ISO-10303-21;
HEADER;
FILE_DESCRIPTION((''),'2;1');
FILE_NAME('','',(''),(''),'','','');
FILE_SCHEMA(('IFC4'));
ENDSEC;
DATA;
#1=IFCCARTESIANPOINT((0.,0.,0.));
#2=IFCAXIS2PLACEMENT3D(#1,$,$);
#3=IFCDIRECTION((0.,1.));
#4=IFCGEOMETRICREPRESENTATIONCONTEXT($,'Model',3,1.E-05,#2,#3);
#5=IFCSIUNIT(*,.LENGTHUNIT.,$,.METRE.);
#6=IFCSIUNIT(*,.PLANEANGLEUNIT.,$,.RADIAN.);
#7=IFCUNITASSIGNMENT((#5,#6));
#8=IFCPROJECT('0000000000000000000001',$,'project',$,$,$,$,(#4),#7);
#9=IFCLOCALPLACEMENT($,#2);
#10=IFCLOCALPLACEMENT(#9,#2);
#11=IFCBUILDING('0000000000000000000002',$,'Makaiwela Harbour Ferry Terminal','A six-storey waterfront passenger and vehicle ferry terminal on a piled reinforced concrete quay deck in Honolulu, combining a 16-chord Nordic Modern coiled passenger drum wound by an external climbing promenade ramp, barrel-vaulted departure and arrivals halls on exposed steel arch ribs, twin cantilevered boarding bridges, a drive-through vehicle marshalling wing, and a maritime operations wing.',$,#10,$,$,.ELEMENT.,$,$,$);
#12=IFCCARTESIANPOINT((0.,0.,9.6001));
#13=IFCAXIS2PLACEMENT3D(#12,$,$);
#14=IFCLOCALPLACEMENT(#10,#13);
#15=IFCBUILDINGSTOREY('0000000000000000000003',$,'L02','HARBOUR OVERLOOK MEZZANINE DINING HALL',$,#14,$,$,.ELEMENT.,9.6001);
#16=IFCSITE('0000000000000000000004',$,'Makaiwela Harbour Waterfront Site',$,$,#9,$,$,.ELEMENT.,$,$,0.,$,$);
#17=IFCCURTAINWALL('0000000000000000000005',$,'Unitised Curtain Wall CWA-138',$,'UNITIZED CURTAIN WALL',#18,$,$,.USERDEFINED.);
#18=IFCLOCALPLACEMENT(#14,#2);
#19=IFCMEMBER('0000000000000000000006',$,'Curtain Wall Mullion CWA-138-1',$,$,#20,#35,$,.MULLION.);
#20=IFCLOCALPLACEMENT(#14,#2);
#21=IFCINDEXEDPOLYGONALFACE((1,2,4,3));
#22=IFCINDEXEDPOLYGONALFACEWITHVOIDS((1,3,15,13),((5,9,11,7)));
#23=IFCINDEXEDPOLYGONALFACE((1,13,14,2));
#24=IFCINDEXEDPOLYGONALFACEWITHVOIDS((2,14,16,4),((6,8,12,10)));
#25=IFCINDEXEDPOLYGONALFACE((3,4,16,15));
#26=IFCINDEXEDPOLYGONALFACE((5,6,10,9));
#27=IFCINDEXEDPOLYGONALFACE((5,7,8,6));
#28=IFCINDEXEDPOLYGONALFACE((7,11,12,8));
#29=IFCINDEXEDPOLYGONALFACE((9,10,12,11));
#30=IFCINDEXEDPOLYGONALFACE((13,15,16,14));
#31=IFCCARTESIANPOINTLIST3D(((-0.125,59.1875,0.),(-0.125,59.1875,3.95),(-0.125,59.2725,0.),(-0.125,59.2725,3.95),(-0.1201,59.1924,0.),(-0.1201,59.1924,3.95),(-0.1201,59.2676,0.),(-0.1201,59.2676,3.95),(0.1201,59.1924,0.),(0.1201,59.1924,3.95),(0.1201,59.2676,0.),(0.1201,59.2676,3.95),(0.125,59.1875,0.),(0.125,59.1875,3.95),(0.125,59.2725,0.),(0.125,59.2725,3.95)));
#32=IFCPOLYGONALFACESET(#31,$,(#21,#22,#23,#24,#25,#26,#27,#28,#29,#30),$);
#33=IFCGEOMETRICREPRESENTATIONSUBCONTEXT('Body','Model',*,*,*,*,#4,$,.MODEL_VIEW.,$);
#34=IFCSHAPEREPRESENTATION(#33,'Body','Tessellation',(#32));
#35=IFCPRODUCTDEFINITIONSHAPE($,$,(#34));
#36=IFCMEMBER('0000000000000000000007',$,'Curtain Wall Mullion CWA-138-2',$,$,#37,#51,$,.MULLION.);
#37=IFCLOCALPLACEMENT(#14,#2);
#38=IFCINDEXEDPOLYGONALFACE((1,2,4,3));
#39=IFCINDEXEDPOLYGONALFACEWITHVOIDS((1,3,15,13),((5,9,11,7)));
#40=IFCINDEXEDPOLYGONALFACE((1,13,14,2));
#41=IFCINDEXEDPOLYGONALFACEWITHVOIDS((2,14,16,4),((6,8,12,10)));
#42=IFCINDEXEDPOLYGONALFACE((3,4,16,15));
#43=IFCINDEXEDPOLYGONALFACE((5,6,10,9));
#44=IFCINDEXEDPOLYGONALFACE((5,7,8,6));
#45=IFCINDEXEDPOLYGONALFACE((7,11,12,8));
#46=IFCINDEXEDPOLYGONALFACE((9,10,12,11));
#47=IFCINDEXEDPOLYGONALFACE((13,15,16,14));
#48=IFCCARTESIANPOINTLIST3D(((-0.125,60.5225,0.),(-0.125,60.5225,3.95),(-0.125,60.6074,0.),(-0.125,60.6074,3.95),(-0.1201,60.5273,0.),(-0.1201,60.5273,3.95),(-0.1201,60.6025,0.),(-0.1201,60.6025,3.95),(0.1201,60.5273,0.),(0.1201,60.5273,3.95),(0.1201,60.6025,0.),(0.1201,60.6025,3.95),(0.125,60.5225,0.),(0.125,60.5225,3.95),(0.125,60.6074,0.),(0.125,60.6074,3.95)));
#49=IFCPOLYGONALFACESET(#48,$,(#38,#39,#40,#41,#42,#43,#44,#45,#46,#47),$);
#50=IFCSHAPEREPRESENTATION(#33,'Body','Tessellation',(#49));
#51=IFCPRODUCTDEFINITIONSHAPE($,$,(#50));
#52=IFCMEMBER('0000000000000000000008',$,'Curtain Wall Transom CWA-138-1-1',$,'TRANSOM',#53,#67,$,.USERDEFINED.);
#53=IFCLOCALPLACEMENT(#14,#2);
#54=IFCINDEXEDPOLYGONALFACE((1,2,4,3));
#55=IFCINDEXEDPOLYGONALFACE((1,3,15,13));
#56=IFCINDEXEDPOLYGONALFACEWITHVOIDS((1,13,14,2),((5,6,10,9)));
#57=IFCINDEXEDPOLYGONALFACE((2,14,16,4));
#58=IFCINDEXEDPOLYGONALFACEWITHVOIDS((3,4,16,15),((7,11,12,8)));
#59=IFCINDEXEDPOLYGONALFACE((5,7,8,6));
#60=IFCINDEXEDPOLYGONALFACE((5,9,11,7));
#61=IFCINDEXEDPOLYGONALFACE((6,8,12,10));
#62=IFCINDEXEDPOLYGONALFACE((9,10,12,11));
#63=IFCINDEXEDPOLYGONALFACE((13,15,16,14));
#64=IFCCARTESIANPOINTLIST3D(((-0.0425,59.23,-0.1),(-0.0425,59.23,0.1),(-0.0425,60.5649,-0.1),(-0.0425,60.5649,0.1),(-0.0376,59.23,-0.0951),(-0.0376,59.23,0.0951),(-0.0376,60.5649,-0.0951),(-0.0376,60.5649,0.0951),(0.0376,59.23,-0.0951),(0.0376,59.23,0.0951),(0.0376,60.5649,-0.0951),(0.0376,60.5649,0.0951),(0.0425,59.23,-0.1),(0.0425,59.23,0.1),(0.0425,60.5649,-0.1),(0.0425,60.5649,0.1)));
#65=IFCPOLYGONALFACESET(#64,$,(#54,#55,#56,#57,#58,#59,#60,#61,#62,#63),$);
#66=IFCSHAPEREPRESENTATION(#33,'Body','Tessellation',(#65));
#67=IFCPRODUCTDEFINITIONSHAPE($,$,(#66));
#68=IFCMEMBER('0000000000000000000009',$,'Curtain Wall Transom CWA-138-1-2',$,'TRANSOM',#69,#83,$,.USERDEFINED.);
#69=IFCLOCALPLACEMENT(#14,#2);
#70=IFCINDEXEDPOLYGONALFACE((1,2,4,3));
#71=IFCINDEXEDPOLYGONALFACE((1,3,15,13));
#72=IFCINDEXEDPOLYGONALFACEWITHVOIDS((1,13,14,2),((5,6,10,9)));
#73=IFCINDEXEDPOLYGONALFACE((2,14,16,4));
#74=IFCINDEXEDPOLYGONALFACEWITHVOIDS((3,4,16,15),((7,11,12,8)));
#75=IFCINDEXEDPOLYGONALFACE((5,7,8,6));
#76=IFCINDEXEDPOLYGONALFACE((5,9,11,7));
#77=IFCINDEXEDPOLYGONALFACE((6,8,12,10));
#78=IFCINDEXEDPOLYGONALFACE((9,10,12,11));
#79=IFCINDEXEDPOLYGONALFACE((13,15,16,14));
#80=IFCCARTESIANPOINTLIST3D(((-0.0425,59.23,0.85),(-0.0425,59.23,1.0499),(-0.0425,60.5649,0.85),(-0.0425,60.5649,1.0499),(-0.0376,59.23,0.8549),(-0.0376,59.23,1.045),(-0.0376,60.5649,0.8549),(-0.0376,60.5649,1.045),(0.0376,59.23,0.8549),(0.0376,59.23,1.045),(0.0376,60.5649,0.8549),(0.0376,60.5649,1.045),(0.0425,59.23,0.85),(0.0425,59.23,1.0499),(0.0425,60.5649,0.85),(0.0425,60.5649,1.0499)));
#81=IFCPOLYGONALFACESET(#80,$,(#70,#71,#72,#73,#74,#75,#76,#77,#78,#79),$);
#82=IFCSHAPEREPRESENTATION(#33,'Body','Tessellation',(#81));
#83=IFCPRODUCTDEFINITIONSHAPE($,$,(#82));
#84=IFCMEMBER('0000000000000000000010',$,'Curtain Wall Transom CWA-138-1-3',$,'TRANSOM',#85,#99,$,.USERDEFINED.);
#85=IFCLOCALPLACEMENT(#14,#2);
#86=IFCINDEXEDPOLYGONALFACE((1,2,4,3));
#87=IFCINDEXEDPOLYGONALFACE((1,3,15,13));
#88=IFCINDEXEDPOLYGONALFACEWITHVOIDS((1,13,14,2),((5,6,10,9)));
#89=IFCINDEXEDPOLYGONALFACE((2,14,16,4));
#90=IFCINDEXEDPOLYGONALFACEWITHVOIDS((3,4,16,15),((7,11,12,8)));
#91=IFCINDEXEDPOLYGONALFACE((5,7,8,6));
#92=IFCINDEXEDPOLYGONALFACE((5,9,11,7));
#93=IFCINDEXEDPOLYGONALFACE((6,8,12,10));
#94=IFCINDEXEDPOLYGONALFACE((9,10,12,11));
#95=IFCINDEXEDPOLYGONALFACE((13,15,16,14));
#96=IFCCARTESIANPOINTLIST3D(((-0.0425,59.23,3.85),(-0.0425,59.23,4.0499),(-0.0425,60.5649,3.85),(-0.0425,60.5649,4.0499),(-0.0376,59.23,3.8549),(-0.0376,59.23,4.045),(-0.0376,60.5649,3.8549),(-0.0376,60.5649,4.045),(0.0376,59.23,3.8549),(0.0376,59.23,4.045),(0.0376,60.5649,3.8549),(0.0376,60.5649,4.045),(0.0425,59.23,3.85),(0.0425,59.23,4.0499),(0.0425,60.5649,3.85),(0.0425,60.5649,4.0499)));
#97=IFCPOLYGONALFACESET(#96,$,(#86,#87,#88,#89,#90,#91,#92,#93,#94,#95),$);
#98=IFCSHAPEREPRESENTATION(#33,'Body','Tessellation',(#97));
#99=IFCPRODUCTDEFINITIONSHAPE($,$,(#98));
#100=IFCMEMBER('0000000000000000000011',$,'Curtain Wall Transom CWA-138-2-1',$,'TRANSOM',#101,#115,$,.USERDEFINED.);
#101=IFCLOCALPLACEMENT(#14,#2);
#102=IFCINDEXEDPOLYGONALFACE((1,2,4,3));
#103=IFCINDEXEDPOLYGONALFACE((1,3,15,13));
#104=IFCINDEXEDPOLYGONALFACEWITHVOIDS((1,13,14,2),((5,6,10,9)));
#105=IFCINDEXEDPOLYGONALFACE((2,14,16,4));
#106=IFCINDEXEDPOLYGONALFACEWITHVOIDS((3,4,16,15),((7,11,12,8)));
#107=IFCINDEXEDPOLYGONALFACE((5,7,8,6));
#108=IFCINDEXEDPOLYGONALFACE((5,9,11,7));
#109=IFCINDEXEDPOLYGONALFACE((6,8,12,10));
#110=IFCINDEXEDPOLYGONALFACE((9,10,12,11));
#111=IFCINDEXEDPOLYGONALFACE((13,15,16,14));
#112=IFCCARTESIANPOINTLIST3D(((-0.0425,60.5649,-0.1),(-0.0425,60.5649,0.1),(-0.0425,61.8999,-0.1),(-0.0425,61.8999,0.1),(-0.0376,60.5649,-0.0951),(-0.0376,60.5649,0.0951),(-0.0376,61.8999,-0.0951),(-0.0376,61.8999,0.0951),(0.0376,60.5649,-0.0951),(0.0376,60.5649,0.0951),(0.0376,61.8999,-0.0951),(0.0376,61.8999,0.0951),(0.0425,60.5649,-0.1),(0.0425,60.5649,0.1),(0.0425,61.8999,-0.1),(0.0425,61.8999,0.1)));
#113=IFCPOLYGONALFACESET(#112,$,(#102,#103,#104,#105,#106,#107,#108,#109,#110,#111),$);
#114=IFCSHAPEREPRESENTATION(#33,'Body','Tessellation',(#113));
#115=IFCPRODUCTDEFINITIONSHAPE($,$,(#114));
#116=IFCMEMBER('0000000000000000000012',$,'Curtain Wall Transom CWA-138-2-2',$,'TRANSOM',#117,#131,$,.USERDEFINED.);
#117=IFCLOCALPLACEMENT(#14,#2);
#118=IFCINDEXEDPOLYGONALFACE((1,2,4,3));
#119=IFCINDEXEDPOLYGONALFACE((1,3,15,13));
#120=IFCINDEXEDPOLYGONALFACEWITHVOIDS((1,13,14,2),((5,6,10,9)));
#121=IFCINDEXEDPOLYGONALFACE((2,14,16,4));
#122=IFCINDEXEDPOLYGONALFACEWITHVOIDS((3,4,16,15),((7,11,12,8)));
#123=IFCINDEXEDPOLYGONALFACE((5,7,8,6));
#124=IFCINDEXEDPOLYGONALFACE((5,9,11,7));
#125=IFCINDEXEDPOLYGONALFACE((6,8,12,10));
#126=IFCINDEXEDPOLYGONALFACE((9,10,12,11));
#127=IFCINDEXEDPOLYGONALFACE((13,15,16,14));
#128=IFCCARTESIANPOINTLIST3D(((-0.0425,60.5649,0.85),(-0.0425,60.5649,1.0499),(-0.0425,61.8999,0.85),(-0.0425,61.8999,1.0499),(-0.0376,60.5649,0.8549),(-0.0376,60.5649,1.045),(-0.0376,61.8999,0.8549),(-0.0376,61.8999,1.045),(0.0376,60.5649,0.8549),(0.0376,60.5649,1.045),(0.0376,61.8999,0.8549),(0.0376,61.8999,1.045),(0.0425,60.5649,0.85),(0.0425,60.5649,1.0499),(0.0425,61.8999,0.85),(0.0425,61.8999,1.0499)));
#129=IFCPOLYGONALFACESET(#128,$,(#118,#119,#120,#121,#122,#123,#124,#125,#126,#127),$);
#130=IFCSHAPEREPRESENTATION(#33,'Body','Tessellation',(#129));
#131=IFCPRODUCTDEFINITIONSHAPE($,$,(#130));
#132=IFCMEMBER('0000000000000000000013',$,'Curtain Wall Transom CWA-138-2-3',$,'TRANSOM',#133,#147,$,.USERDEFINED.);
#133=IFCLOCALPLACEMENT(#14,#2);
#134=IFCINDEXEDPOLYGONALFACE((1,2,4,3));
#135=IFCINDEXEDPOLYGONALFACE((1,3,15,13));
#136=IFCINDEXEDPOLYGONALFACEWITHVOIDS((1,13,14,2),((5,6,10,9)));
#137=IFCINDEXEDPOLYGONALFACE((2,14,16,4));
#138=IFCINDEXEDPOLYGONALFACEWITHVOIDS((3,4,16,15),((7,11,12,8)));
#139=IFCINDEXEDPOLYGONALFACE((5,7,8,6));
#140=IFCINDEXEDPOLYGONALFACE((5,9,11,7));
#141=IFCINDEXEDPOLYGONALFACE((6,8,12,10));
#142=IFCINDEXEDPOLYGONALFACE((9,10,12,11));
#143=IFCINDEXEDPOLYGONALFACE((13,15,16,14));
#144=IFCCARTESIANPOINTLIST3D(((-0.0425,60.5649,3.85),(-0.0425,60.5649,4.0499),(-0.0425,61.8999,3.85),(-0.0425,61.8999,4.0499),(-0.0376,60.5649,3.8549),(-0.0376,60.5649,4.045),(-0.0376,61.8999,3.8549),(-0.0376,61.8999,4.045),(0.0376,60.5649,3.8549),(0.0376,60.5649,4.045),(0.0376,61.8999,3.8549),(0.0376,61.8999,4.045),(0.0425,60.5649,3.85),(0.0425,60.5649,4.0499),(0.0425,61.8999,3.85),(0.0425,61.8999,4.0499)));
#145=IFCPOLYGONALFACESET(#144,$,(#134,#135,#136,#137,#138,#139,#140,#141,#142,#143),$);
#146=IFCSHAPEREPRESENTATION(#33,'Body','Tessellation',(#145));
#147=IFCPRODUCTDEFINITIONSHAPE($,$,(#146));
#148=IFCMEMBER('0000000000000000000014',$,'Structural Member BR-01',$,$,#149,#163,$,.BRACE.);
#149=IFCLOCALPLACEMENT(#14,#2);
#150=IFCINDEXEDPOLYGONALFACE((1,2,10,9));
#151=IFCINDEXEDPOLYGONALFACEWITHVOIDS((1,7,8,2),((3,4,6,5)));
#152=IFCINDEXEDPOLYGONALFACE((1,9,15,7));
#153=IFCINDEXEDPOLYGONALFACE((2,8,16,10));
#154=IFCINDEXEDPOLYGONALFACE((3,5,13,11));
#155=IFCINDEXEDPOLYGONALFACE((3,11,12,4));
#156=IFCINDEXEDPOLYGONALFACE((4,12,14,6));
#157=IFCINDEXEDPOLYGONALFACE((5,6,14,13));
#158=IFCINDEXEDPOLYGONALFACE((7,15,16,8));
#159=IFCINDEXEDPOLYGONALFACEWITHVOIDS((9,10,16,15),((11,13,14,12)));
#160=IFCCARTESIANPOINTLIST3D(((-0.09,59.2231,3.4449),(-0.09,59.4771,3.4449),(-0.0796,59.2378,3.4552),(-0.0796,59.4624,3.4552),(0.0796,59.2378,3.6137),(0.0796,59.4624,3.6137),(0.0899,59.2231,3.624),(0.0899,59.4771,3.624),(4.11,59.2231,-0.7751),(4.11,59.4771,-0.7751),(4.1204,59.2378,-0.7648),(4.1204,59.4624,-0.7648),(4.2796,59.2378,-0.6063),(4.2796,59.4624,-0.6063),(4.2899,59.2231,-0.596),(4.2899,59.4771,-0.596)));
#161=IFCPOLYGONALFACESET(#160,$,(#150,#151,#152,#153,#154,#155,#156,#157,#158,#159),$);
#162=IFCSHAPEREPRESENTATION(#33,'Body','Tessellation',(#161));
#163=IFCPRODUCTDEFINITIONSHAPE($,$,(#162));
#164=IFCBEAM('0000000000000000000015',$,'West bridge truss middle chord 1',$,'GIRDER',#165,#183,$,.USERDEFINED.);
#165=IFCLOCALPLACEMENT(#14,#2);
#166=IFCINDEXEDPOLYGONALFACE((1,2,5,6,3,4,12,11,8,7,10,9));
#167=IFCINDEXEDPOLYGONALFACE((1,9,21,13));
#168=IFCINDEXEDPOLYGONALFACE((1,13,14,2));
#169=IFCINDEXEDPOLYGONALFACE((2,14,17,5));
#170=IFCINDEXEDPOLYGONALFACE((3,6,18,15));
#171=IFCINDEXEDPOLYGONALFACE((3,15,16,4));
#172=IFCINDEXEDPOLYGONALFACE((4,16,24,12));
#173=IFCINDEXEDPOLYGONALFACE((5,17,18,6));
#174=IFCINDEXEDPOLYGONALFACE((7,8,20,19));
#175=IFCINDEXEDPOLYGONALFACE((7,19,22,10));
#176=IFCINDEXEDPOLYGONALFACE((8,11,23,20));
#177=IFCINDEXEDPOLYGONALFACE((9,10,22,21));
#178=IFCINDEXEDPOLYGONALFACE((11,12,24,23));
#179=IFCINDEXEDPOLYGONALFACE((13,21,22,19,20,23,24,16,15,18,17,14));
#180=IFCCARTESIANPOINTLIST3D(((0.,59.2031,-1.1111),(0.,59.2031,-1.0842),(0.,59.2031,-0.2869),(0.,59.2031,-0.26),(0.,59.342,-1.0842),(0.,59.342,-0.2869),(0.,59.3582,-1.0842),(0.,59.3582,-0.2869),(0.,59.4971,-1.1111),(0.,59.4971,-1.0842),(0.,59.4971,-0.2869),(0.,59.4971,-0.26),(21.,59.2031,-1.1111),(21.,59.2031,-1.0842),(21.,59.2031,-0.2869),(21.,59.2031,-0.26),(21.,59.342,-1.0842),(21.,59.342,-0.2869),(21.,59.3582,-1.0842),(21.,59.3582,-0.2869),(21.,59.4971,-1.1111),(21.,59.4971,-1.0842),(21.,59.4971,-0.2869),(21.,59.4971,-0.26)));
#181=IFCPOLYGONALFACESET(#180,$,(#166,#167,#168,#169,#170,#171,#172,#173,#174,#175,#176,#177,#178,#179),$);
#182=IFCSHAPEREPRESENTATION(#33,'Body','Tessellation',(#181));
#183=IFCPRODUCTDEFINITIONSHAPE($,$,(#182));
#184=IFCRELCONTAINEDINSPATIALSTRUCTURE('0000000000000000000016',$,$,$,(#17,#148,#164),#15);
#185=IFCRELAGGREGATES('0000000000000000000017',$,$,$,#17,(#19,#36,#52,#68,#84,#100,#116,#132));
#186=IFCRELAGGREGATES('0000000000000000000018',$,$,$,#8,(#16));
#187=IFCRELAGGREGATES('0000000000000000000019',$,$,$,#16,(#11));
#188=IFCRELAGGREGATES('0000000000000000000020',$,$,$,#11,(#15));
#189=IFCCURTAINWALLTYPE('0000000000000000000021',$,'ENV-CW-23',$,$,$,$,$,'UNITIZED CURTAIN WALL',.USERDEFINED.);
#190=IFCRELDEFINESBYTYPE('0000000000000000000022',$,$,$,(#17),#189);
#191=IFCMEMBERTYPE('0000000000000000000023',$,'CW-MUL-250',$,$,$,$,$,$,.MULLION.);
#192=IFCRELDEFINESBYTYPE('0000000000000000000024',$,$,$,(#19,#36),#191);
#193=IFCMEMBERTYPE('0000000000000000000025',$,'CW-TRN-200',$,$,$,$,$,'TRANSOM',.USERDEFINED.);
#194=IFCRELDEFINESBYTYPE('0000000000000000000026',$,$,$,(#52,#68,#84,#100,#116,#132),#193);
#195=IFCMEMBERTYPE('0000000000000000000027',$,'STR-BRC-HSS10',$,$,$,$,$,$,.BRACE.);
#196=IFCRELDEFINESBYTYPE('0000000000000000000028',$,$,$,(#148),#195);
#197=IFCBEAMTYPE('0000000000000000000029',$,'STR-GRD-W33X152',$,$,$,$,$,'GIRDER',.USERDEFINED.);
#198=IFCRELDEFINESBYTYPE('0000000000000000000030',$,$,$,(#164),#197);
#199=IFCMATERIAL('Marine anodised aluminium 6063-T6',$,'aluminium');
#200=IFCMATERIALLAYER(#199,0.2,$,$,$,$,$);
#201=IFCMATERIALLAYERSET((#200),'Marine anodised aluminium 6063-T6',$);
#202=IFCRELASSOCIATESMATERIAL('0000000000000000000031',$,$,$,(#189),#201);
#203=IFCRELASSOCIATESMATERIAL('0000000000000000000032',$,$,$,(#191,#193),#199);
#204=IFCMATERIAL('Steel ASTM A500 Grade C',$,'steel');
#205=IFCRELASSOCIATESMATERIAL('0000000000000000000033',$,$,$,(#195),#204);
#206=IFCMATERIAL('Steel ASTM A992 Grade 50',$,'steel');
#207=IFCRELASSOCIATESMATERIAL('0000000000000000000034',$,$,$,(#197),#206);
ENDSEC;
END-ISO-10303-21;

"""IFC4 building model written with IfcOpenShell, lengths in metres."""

from ifc_helpers import new_model, si_unit, direction, frame, origin, origin_2d, place, context, subcontext, project, spatial, hollow_rectangle, i_section, extrude, material, layer, layer_set, material_profile, profile_set, type_object, element, aggregate, save


model = new_model("IFC4")

# Units and contexts
model_context = context("Model", 3, precision=1e-05, world=origin(), true_north=direction((0.0, 1.0)))
body_context = subcontext(model_context, "Body", "Model", "MODEL_VIEW")
ifc_project = project(units=[si_unit("LENGTHUNIT", "METRE"), si_unit("PLANEANGLEUNIT", "RADIAN")], contexts=[model_context])

# Site, building, storey
site_placement = place(None, origin())
site = spatial("IfcSite", under=ifc_project, at=site_placement, Name="Makaiwela Harbour Waterfront Site", CompositionType="ELEMENT", RefElevation=0.0)
building_placement = place(site_placement, origin())
building = spatial("IfcBuilding", under=site, at=building_placement, Name="Makaiwela Harbour Ferry Terminal", Description="A six-storey waterfront passenger and vehicle ferry terminal on a piled reinforced concrete quay deck in Honolulu, combining a 16-chord Nordic Modern coiled passenger drum wound by an external climbing promenade ramp, barrel-vaulted departure and arrivals halls on exposed steel arch ribs, twin cantilevered boarding bridges, a drive-through vehicle marshalling wing, and a maritime operations wing.", CompositionType="ELEMENT")
storey_placement = place(building_placement, frame((0.0, 0.0, 9.6001)))
storey = spatial("IfcBuildingStorey", under=building, at=storey_placement, Name="L02", Description="HARBOUR OVERLOOK MEZZANINE DINING HALL", CompositionType="ELEMENT", Elevation=9.6001)

# Curtain wall, members
ifc_material_1 = material(Name="Marine anodised aluminium 6063-T6", Category="aluminium")
ifc_layer_1 = layer(ifc_material_1, 0.2)
ifc_layer_set_1 = layer_set([ifc_layer_1], Name="Marine anodised aluminium 6063-T6")
curtain_wall_type = type_object("IfcCurtainWallType", Name="ENV-CW-23", ElementType="UNITIZED CURTAIN WALL", PredefinedType="USERDEFINED", material=ifc_layer_set_1)
curtain_wall_placement = place(storey_placement, origin())
curtain_wall = element("IfcCurtainWall", 1, at=curtain_wall_placement, inside=storey, type_object=curtain_wall_type, Name="Unitised Curtain Wall CWA-138", ObjectType="UNITIZED CURTAIN WALL", PredefinedType="USERDEFINED")
ifc_material_profile_1 = material_profile(ifc_material_1, hollow_rectangle(XDim=0.085, YDim=0.25, WallThickness=0.0049, at=origin_2d()), Name="CWM-250X85")
ifc_profile_set_1 = profile_set([ifc_material_profile_1], Name="Marine anodised aluminium 6063-T6")
member_type_1 = type_object("IfcMemberType", Name="CW-MUL-250", PredefinedType="MULLION", material=ifc_profile_set_1)
member_1_placement = place(storey_placement, frame((0.0, 59.23, 0.0), z_axis=(0.0, 0.0, 1.0), x_axis=(0.0, 1.0, 0.0)))
member_1 = element("IfcMember", 2, at=member_1_placement, type_object=member_type_1, Name="Curtain Wall Mullion CWA-138-1", PredefinedType="MULLION", context=body_context, shape_type="SweptSolid", body=[
    extrude(hollow_rectangle(XDim=0.085, YDim=0.25, WallThickness=0.0049, at=origin_2d()), origin(), (0.0, 0.0, 1.0), 3.95),
])
member_2_placement = place(storey_placement, frame((0.0, 60.5649, 0.0), z_axis=(0.0, 0.0, 1.0), x_axis=(0.0, 1.0, 0.0)))
member_2 = element("IfcMember", 3, at=member_2_placement, type_object=member_type_1, Name="Curtain Wall Mullion CWA-138-2", PredefinedType="MULLION", context=body_context, shape_type="SweptSolid", body=[
    extrude(hollow_rectangle(XDim=0.085, YDim=0.25, WallThickness=0.0049, at=origin_2d()), origin(), (0.0, 0.0, 1.0), 3.95),
])
ifc_material_profile_2 = material_profile(ifc_material_1, hollow_rectangle(XDim=0.085, YDim=0.2, WallThickness=0.0049, at=origin_2d()), Name="CWT-200X85")
ifc_profile_set_2 = profile_set([ifc_material_profile_2], Name="Marine anodised aluminium 6063-T6")
member_type_2 = type_object("IfcMemberType", Name="CW-TRN-200", ElementType="TRANSOM", PredefinedType="USERDEFINED", material=ifc_profile_set_2)
member_3_placement = place(storey_placement, frame((0.0, 59.23, 0.0), z_axis=(0.0, 1.0, 0.0), x_axis=(-1.0, 0.0, 0.0)))
member_3 = element("IfcMember", 4, at=member_3_placement, type_object=member_type_2, Name="Curtain Wall Transom CWA-138-1-1", ObjectType="TRANSOM", PredefinedType="USERDEFINED", context=body_context, shape_type="SweptSolid", body=[
    extrude(hollow_rectangle(XDim=0.085, YDim=0.2, WallThickness=0.0049, at=origin_2d()), origin(), (0.0, 0.0, 1.0), 1.335),
])
member_4_placement = place(storey_placement, frame((0.0, 59.23, 0.95), z_axis=(0.0, 1.0, 0.0), x_axis=(-1.0, 0.0, 0.0)))
member_4 = element("IfcMember", 5, at=member_4_placement, type_object=member_type_2, Name="Curtain Wall Transom CWA-138-1-2", ObjectType="TRANSOM", PredefinedType="USERDEFINED", context=body_context, shape_type="SweptSolid", body=[
    extrude(hollow_rectangle(XDim=0.085, YDim=0.2, WallThickness=0.0049, at=origin_2d()), origin(), (0.0, 0.0, 1.0), 1.335),
])
member_5_placement = place(storey_placement, frame((0.0, 59.23, 3.95), z_axis=(0.0, 1.0, 0.0), x_axis=(-1.0, 0.0, 0.0)))
member_5 = element("IfcMember", 6, at=member_5_placement, type_object=member_type_2, Name="Curtain Wall Transom CWA-138-1-3", ObjectType="TRANSOM", PredefinedType="USERDEFINED", context=body_context, shape_type="SweptSolid", body=[
    extrude(hollow_rectangle(XDim=0.085, YDim=0.2, WallThickness=0.0049, at=origin_2d()), origin(), (0.0, 0.0, 1.0), 1.335),
])
member_6_placement = place(storey_placement, frame((0.0, 60.5649, 0.0), z_axis=(0.0, 1.0, 0.0), x_axis=(-1.0, 0.0, 0.0)))
member_6 = element("IfcMember", 7, at=member_6_placement, type_object=member_type_2, Name="Curtain Wall Transom CWA-138-2-1", ObjectType="TRANSOM", PredefinedType="USERDEFINED", context=body_context, shape_type="SweptSolid", body=[
    extrude(hollow_rectangle(XDim=0.085, YDim=0.2, WallThickness=0.0049, at=origin_2d()), origin(), (0.0, 0.0, 1.0), 1.335),
])
member_7_placement = place(storey_placement, frame((0.0, 60.5649, 0.95), z_axis=(0.0, 1.0, 0.0), x_axis=(-1.0, 0.0, 0.0)))
member_7 = element("IfcMember", 8, at=member_7_placement, type_object=member_type_2, Name="Curtain Wall Transom CWA-138-2-2", ObjectType="TRANSOM", PredefinedType="USERDEFINED", context=body_context, shape_type="SweptSolid", body=[
    extrude(hollow_rectangle(XDim=0.085, YDim=0.2, WallThickness=0.0049, at=origin_2d()), origin(), (0.0, 0.0, 1.0), 1.335),
])
member_8_placement = place(storey_placement, frame((0.0, 60.5649, 3.95), z_axis=(0.0, 1.0, 0.0), x_axis=(-1.0, 0.0, 0.0)))
member_8 = element("IfcMember", 9, at=member_8_placement, type_object=member_type_2, Name="Curtain Wall Transom CWA-138-2-3", ObjectType="TRANSOM", PredefinedType="USERDEFINED", context=body_context, shape_type="SweptSolid", body=[
    extrude(hollow_rectangle(XDim=0.085, YDim=0.2, WallThickness=0.0049, at=origin_2d()), origin(), (0.0, 0.0, 1.0), 1.335),
])

# Member
ifc_material_2 = material(Name="Steel ASTM A500 Grade C", Category="steel")
ifc_material_profile_3 = material_profile(ifc_material_2, hollow_rectangle(XDim=0.2539, YDim=0.2539, WallThickness=0.0146, at=origin_2d()), Name="HSS10X10X5/8")
ifc_profile_set_3 = profile_set([ifc_material_profile_3], Name="Steel ASTM A500 Grade C")
member_type_3 = type_object("IfcMemberType", Name="STR-BRC-HSS10", PredefinedType="BRACE", material=ifc_profile_set_3)
member_9_placement = place(storey_placement, frame((4.2, 59.3501, -0.6855), z_axis=(-0.705424, 0.0, 0.708786), x_axis=(0.0, -1.0, 0.0)))
element("IfcMember", 10, at=member_9_placement, inside=storey, type_object=member_type_3, Name="Structural Member BR-01", PredefinedType="BRACE", context=body_context, shape_type="SweptSolid", body=[
    extrude(hollow_rectangle(XDim=0.2539, YDim=0.2539, WallThickness=0.0146, at=origin_2d()), origin(), (0.0, 0.0, 1.0), 5.9539),
])

# Beam
ifc_material_3 = material(Name="Steel ASTM A992 Grade 50", Category="steel")
ifc_material_profile_4 = material_profile(ifc_material_3, i_section(OverallWidth=0.2939, OverallDepth=0.8511, WebThickness=0.0161, FlangeThickness=0.0269, at=origin_2d()), Name="W33X152")
ifc_profile_set_4 = profile_set([ifc_material_profile_4], Name="Steel ASTM A992 Grade 50")
beam_type_1 = type_object("IfcBeamType", Name="STR-GRD-W33X152", ElementType="GIRDER", PredefinedType="USERDEFINED", material=ifc_profile_set_4)
beam_1_placement = place(storey_placement, frame((0.0, 59.3501, -0.6855), z_axis=(1.0, 0.0, 0.0), x_axis=(0.0, 1.0, 0.0)))
element("IfcBeam", 11, at=beam_1_placement, inside=storey, type_object=beam_type_1, Name="West bridge truss middle chord 1", ObjectType="GIRDER", PredefinedType="USERDEFINED", context=body_context, shape_type="SweptSolid", body=[
    extrude(i_section(OverallWidth=0.2939, OverallDepth=0.8511, WebThickness=0.0161, FlangeThickness=0.0269, at=origin_2d()), origin(), (0.0, 0.0, 1.0), 21.0),
])

aggregate(curtain_wall, [member_1, member_2, member_3, member_4, member_5, member_6, member_7, member_8])

save(model, "model.ifc")
